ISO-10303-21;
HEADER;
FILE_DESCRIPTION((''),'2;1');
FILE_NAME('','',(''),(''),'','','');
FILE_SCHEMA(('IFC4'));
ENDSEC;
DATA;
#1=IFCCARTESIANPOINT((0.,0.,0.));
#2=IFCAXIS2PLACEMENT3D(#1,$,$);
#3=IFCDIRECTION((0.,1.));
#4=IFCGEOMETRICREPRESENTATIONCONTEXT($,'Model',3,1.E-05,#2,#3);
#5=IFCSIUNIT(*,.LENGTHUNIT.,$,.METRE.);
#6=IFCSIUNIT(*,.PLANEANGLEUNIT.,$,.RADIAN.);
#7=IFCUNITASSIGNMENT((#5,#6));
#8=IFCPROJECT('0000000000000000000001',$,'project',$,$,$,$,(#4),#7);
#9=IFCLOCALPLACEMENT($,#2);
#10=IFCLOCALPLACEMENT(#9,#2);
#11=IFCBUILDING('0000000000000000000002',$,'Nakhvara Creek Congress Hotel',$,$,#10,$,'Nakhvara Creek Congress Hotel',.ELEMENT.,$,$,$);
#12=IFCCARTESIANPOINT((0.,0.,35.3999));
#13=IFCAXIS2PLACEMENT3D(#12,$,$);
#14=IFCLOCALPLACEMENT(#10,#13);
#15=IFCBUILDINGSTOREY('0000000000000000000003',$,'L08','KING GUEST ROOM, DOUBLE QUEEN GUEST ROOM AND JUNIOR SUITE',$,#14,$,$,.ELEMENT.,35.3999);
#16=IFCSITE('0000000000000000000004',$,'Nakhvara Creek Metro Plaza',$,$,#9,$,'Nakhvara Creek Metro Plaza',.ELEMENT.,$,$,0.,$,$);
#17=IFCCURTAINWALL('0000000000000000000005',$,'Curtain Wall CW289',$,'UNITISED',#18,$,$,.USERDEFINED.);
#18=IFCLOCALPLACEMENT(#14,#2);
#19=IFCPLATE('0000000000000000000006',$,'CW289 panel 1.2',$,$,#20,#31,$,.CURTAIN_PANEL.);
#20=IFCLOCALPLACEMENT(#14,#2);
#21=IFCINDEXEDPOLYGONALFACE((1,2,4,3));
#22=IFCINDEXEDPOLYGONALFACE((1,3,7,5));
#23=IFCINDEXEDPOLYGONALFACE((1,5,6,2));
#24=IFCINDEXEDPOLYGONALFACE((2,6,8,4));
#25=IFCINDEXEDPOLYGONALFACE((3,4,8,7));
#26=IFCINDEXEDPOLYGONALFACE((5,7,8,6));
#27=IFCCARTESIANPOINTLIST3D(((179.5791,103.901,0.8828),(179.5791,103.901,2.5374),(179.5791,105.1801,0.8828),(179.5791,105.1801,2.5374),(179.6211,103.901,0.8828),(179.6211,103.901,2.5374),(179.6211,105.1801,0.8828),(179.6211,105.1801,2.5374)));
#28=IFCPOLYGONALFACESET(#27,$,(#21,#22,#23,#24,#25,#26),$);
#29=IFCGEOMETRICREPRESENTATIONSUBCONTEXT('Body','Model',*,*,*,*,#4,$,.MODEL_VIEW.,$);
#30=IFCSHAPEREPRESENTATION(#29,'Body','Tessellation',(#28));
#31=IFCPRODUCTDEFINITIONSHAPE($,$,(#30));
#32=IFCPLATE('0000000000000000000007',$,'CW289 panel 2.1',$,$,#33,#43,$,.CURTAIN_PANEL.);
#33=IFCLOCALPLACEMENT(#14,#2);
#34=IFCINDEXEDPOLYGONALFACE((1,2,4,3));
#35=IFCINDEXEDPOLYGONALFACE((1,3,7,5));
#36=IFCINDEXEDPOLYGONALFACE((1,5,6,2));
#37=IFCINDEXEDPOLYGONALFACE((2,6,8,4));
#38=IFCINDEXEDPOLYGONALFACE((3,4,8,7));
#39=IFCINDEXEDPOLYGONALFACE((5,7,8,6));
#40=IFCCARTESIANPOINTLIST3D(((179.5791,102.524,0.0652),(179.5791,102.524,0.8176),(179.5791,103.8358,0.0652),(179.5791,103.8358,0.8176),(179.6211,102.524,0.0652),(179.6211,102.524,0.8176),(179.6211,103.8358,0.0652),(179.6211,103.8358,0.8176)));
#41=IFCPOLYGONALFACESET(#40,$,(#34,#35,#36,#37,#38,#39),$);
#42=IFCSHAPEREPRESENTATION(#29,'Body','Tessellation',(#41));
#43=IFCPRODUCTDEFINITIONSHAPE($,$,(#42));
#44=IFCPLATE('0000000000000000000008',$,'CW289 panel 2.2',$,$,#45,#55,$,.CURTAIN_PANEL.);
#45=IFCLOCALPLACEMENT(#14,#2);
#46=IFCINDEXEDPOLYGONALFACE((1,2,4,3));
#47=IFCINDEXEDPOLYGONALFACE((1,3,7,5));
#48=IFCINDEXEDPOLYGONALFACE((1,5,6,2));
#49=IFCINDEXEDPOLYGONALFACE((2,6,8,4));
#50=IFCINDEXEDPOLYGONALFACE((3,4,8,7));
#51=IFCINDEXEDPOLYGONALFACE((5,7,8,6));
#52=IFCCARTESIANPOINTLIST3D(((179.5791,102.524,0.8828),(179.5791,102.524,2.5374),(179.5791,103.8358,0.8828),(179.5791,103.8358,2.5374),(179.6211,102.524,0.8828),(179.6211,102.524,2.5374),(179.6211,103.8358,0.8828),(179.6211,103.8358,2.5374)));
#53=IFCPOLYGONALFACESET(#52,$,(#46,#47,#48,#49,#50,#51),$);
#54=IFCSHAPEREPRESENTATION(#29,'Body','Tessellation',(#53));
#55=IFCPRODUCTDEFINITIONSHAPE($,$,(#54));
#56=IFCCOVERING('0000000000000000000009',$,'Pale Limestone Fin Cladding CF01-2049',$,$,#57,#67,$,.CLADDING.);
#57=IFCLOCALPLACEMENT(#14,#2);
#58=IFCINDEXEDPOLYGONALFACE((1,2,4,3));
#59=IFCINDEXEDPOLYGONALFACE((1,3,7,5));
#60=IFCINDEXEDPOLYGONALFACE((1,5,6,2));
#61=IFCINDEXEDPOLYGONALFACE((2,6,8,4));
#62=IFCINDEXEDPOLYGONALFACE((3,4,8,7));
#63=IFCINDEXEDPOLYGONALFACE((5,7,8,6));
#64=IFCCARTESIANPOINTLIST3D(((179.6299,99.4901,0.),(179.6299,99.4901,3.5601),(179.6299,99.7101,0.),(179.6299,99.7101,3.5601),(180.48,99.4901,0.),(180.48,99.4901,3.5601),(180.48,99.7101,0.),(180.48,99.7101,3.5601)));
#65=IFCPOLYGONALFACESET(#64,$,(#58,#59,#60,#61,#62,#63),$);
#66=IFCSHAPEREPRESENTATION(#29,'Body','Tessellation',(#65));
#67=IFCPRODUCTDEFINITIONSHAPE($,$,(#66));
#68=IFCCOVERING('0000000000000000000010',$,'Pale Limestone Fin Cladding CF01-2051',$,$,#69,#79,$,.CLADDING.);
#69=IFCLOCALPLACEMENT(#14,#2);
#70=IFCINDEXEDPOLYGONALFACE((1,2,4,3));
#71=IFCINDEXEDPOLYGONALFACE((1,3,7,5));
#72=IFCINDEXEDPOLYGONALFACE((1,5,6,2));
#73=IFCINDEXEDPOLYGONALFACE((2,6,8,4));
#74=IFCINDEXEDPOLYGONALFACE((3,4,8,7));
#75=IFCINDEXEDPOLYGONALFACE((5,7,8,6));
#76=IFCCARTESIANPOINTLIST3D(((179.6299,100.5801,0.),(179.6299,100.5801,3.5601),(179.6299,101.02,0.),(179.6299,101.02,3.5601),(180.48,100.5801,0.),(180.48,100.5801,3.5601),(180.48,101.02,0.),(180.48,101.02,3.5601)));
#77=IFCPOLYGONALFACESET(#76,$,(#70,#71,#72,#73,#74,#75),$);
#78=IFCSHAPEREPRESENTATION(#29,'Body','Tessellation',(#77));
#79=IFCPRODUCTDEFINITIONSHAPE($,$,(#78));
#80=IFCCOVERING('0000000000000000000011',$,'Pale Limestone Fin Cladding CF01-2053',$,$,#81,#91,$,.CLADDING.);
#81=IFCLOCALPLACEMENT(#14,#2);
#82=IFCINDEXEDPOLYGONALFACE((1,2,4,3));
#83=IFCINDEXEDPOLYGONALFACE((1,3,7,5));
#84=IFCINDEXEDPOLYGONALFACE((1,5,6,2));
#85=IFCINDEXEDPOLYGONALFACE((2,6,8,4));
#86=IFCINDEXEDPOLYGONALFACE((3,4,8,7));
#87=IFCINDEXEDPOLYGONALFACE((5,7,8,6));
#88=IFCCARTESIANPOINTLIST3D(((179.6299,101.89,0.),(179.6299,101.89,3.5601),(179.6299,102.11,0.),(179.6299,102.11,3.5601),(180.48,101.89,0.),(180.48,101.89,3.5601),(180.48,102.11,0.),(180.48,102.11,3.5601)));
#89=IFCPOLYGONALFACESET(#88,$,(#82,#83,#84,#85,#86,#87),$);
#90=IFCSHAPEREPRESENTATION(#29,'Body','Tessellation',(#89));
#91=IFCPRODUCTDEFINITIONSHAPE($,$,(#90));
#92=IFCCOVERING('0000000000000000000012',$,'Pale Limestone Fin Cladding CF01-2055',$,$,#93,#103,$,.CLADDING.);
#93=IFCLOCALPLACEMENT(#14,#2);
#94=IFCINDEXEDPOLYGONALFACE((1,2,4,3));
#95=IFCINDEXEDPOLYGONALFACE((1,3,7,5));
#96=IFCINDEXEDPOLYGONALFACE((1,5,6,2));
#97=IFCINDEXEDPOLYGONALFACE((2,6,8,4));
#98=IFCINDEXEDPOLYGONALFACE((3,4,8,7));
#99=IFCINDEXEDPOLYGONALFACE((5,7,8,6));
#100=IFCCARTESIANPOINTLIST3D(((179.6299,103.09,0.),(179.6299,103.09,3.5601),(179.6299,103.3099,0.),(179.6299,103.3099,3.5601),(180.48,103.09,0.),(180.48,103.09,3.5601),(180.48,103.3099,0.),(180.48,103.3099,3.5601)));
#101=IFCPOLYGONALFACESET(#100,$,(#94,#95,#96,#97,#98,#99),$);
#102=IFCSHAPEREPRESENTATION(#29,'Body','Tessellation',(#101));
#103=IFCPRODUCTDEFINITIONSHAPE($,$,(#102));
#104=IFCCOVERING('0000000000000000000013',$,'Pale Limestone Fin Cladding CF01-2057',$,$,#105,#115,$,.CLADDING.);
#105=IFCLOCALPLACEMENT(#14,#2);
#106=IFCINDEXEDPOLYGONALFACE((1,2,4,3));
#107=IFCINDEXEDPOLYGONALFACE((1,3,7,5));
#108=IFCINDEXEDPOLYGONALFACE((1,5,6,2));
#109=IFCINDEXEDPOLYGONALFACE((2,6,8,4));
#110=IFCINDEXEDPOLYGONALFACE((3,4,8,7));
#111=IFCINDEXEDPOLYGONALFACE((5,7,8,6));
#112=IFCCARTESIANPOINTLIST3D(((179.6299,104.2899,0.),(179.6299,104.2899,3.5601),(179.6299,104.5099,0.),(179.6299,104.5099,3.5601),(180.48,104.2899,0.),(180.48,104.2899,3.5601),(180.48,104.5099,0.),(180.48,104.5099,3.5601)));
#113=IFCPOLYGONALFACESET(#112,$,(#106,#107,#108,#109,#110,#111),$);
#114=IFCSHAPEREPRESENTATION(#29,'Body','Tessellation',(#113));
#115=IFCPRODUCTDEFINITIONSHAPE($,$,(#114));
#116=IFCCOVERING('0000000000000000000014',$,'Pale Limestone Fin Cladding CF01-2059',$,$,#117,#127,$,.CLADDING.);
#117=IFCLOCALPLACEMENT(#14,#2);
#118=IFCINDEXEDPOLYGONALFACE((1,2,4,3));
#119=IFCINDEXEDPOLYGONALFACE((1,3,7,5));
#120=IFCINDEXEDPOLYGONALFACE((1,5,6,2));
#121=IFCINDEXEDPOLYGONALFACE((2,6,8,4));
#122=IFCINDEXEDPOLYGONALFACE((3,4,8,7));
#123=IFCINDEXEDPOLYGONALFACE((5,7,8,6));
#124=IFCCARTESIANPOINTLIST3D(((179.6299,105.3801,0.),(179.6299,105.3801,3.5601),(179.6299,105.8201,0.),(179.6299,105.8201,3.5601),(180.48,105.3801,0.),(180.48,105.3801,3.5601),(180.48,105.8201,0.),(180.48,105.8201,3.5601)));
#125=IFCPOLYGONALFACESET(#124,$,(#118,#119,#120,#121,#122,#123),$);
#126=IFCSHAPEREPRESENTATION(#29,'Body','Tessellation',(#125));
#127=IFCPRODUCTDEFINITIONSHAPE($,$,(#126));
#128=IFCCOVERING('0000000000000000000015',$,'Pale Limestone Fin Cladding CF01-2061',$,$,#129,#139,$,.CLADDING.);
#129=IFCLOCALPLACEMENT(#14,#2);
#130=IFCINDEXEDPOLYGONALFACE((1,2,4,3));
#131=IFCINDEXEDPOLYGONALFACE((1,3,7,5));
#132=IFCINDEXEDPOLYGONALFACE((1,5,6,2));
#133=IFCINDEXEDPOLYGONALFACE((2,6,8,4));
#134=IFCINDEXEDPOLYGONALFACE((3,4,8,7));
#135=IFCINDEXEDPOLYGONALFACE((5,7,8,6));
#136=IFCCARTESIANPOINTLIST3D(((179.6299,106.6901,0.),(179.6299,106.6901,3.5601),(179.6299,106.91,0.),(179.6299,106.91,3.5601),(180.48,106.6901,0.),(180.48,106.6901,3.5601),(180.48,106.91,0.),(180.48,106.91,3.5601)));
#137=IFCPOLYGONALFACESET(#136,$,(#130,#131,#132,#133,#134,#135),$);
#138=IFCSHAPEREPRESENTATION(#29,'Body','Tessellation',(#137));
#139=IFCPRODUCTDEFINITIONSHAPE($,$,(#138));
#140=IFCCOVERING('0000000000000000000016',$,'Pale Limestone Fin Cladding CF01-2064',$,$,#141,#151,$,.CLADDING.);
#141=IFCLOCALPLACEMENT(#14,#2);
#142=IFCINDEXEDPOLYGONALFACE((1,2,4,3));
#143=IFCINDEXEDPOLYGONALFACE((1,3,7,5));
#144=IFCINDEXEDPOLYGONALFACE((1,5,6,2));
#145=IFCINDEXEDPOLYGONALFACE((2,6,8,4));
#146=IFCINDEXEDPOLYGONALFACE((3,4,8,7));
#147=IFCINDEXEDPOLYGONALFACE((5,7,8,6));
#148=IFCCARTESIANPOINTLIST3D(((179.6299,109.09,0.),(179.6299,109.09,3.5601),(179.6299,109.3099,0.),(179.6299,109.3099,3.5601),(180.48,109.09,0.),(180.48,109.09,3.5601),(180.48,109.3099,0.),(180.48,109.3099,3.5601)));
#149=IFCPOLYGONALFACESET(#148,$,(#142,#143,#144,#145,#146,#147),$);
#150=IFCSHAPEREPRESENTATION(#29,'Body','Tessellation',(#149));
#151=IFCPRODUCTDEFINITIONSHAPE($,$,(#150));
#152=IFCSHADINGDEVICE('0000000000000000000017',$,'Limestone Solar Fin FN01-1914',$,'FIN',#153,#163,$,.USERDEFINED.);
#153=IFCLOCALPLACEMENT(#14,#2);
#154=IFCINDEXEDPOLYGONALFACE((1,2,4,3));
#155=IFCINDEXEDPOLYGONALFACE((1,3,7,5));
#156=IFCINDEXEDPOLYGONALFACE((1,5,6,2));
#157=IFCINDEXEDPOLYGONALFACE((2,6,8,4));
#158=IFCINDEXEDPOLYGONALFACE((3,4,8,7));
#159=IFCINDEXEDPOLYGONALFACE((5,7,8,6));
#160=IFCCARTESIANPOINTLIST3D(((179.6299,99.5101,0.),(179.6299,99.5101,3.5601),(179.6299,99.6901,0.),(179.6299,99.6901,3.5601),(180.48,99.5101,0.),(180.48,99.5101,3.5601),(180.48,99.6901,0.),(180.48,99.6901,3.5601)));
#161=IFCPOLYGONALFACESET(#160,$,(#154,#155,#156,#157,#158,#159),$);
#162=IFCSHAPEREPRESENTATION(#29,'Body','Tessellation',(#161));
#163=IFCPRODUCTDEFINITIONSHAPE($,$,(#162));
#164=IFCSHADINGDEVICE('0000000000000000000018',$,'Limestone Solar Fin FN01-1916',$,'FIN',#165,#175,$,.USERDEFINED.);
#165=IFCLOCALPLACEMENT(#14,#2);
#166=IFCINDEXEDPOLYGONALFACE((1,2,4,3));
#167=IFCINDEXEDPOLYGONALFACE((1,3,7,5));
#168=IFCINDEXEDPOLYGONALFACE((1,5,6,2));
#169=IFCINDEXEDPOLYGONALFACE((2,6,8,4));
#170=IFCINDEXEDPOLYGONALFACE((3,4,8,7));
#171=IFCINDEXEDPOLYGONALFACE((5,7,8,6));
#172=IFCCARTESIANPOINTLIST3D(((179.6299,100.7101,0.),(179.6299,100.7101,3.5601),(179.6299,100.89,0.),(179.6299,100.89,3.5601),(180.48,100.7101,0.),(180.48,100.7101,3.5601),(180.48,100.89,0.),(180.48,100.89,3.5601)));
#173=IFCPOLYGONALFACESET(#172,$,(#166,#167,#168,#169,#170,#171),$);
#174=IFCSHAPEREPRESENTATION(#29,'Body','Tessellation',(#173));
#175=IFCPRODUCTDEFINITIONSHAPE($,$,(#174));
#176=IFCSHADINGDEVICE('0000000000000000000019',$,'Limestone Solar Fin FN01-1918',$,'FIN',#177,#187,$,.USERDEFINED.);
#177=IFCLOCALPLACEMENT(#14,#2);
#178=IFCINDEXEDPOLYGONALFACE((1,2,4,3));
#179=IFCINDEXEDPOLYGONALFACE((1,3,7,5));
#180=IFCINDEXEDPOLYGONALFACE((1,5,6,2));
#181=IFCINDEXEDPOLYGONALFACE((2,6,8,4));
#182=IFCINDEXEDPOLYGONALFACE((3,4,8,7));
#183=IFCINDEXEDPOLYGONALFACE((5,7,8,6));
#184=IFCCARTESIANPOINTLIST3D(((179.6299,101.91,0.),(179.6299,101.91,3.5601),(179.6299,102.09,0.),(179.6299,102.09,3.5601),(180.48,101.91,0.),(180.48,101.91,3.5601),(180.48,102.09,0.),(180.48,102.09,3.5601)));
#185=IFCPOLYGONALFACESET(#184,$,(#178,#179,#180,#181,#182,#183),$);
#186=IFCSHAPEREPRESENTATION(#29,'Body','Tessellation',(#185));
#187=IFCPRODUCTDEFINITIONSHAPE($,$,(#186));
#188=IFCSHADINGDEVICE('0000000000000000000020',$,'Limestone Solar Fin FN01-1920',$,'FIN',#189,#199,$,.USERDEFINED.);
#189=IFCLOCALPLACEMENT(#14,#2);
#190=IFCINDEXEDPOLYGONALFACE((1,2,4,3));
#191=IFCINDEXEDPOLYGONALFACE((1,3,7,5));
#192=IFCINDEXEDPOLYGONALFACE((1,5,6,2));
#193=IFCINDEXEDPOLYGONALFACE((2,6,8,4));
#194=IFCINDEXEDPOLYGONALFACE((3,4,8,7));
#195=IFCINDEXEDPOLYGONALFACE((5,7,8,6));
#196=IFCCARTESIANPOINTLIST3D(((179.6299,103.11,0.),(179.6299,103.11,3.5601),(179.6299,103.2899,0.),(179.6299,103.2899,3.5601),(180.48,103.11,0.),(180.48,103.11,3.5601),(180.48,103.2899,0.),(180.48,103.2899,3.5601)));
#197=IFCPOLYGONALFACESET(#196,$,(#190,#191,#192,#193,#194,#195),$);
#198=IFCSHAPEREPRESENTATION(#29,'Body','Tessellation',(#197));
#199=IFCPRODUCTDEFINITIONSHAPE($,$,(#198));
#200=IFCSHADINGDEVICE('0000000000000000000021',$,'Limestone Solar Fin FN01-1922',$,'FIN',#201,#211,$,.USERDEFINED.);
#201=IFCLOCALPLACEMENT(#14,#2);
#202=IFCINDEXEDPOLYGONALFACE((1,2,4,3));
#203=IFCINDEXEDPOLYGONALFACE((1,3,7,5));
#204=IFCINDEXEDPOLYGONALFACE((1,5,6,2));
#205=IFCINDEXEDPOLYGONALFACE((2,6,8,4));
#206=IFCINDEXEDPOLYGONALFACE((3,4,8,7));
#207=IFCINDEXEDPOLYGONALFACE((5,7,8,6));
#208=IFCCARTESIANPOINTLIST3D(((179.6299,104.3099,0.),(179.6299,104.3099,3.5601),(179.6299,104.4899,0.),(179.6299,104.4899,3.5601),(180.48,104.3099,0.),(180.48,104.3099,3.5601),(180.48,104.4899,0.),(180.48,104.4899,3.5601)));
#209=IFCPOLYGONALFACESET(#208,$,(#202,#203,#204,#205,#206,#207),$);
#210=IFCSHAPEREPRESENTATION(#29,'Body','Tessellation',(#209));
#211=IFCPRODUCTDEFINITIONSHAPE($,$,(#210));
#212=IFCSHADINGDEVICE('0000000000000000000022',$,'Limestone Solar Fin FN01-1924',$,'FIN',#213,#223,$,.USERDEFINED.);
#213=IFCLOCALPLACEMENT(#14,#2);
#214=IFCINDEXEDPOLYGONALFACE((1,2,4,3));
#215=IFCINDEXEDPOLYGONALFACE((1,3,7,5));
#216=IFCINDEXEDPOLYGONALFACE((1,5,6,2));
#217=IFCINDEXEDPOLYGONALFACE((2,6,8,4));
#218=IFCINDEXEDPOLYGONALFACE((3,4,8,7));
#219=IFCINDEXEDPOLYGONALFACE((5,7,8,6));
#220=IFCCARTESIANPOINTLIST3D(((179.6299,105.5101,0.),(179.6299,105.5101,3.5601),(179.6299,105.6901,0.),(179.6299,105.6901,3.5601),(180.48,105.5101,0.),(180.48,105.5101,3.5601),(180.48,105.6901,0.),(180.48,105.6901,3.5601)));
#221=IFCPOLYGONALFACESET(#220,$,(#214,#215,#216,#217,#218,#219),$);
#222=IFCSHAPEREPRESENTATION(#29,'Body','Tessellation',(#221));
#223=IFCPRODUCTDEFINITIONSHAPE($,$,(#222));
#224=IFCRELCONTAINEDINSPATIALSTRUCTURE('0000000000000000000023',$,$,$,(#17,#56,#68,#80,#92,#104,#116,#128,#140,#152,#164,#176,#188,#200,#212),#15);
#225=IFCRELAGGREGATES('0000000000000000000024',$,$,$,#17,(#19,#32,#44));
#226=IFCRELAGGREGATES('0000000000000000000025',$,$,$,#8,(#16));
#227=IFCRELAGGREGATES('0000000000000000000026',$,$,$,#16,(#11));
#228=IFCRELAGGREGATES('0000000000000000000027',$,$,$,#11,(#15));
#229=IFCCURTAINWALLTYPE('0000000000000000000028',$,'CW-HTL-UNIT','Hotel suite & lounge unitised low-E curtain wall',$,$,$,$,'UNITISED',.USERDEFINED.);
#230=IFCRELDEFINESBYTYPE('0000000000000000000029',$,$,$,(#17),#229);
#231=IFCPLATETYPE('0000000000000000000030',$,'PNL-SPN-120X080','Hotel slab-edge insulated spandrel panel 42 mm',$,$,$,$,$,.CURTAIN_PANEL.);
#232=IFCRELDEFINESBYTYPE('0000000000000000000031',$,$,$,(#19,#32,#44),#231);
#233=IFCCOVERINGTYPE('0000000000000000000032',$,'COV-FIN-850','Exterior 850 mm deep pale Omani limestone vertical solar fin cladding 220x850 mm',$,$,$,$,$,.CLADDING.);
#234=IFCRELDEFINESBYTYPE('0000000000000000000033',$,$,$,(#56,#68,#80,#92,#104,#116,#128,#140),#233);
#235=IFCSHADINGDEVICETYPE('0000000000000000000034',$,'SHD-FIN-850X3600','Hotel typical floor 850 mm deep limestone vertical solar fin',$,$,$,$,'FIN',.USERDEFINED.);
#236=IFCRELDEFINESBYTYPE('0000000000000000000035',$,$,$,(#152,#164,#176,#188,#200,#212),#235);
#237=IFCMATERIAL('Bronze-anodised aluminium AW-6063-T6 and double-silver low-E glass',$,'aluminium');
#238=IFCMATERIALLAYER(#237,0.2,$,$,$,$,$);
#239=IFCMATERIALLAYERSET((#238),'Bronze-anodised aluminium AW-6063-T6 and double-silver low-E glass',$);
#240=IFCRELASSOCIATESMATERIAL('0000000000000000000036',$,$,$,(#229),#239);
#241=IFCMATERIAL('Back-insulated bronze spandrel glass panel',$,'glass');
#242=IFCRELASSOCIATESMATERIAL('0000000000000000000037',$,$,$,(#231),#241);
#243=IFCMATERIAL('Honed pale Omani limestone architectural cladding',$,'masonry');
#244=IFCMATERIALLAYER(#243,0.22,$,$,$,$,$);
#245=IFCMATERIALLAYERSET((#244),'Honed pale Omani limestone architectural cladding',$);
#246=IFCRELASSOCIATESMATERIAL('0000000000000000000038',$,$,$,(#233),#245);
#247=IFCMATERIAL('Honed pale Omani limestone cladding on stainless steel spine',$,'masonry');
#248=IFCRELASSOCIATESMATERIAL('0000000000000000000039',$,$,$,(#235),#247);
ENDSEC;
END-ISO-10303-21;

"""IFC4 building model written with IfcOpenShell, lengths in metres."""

from ifc_helpers import new_model, si_unit, direction, frame, origin, origin_2d, place, context, subcontext, project, spatial, rectangle, extrude, material, layer, layer_set, type_object, element, aggregate, save


model = new_model("IFC4")

# Units and contexts
model_context = context("Model", 3, precision=1e-05, world=origin(), true_north=direction((0.0, 1.0)))
body_context = subcontext(model_context, "Body", "Model", "MODEL_VIEW")
ifc_project = project(units=[si_unit("LENGTHUNIT", "METRE"), si_unit("PLANEANGLEUNIT", "RADIAN")], contexts=[model_context])

# Site, building, storey
site_placement = place(None, origin())
site = spatial("IfcSite", under=ifc_project, at=site_placement, Name="Nakhvara Creek Metro Plaza", LongName="Nakhvara Creek Metro Plaza", CompositionType="ELEMENT", RefElevation=0.0)
building_placement = place(site_placement, origin())
building = spatial("IfcBuilding", under=site, at=building_placement, Name="Nakhvara Creek Congress Hotel", LongName="Nakhvara Creek Congress Hotel", CompositionType="ELEMENT")
storey_placement = place(building_placement, frame((0.0, 0.0, 35.3999)))
storey = spatial("IfcBuildingStorey", under=building, at=storey_placement, Name="L08", Description="KING GUEST ROOM, DOUBLE QUEEN GUEST ROOM AND JUNIOR SUITE", CompositionType="ELEMENT", Elevation=35.3999)

# Curtain wall, plates
ifc_material_1 = material(Name="Bronze-anodised aluminium AW-6063-T6 and double-silver low-E glass", Category="aluminium")
ifc_layer_1 = layer(ifc_material_1, 0.2)
ifc_layer_set_1 = layer_set([ifc_layer_1], Name="Bronze-anodised aluminium AW-6063-T6 and double-silver low-E glass")
curtain_wall_type = type_object("IfcCurtainWallType", Name="CW-HTL-UNIT", Description="Hotel suite & lounge unitised low-E curtain wall", ElementType="UNITISED", PredefinedType="USERDEFINED", material=ifc_layer_set_1)
curtain_wall_placement = place(storey_placement, origin())
curtain_wall = element("IfcCurtainWall", 1, at=curtain_wall_placement, inside=storey, type_object=curtain_wall_type, Name="Curtain Wall CW289", ObjectType="UNITISED", PredefinedType="USERDEFINED")
ifc_material_2 = material(Name="Back-insulated bronze spandrel glass panel", Category="glass")
plate_type = type_object("IfcPlateType", Name="PNL-SPN-120X080", Description="Hotel slab-edge insulated spandrel panel 42 mm", PredefinedType="CURTAIN_PANEL", material=ifc_material_2)
plate_1_placement = place(storey_placement, frame((179.6001, 104.5405, 0.8828), z_axis=(0.0, 0.0, 1.0), x_axis=(0.0, -1.0, 0.0)))
plate_1 = element("IfcPlate", 2, at=plate_1_placement, type_object=plate_type, Name="CW289 panel 1.2", PredefinedType="CURTAIN_PANEL", context=body_context, shape_type="SweptSolid", body=[
    extrude(rectangle(XDim=1.2791, YDim=0.042, at=origin_2d()), origin(), (0.0, 0.0, 1.0), 1.6545),
])
plate_2_placement = place(storey_placement, frame((179.6001, 103.1799, 0.0652), z_axis=(0.0, 0.0, 1.0), x_axis=(0.0, -1.0, 0.0)))
plate_2 = element("IfcPlate", 3, at=plate_2_placement, type_object=plate_type, Name="CW289 panel 2.1", PredefinedType="CURTAIN_PANEL", context=body_context, shape_type="SweptSolid", body=[
    extrude(rectangle(XDim=1.3118, YDim=0.042, at=origin_2d()), origin(), (0.0, 0.0, 1.0), 0.7524),
])
plate_3_placement = place(storey_placement, frame((179.6001, 103.1799, 0.8828), z_axis=(0.0, 0.0, 1.0), x_axis=(0.0, -1.0, 0.0)))
plate_3 = element("IfcPlate", 4, at=plate_3_placement, type_object=plate_type, Name="CW289 panel 2.2", PredefinedType="CURTAIN_PANEL", context=body_context, shape_type="SweptSolid", body=[
    extrude(rectangle(XDim=1.3118, YDim=0.042, at=origin_2d()), origin(), (0.0, 0.0, 1.0), 1.6545),
])
aggregate(curtain_wall, [plate_1, plate_2, plate_3])

# Coverings
ifc_material_3 = material(Name="Honed pale Omani limestone architectural cladding", Category="masonry")
ifc_layer_2 = layer(ifc_material_3, 0.22)
ifc_layer_set_2 = layer_set([ifc_layer_2], Name="Honed pale Omani limestone architectural cladding")
covering_type = type_object("IfcCoveringType", Name="COV-FIN-850", Description="Exterior 850 mm deep pale Omani limestone vertical solar fin cladding 220x850 mm", PredefinedType="CLADDING", material=ifc_layer_set_2)
covering_1_placement = place(storey_placement, frame((180.0549, 99.6001, 0.0), z_axis=(0.0, 0.0, 1.0), x_axis=(0.0, 1.0, 0.0)))
element("IfcCovering", 5, at=covering_1_placement, inside=storey, type_object=covering_type, Name="Pale Limestone Fin Cladding CF01-2049", PredefinedType="CLADDING", context=body_context, shape_type="SweptSolid", body=[
    extrude(rectangle(XDim=0.22, YDim=0.8501, at=origin_2d()), origin(), (0.0, 0.0, 1.0), 3.5601),
])
covering_2_placement = place(storey_placement, frame((180.0549, 100.8, 0.0), z_axis=(0.0, 0.0, 1.0), x_axis=(0.0, 1.0, 0.0)))
element("IfcCovering", 6, at=covering_2_placement, inside=storey, type_object=covering_type, Name="Pale Limestone Fin Cladding CF01-2051", PredefinedType="CLADDING", context=body_context, shape_type="SweptSolid", body=[
    extrude(rectangle(XDim=0.4399, YDim=0.8501, at=origin_2d()), origin(), (0.0, 0.0, 1.0), 3.5601),
])
for number, where, z_axis, x_axis, name in (
    (7, (180.0549, 102.0, 0.0), (0.0, 0.0, 1.0), (0.0, 1.0, 0.0), "Pale Limestone Fin Cladding CF01-2053"),
    (8, (180.0549, 103.2, 0.0), (0.0, 0.0, 1.0), (0.0, 1.0, 0.0), "Pale Limestone Fin Cladding CF01-2055"),
    (9, (180.0549, 104.3999, 0.0), (0.0, 0.0, 1.0), (0.0, 1.0, 0.0), "Pale Limestone Fin Cladding CF01-2057"),
):
    element("IfcCovering", number, at=place(storey_placement, frame(where, z_axis=z_axis, x_axis=x_axis)), inside=storey, type_object=covering_type, Name=name, PredefinedType="CLADDING", context=body_context, shape_type="SweptSolid", body=[
        extrude(rectangle(XDim=0.22, YDim=0.8501, at=origin_2d()), origin(), (0.0, 0.0, 1.0), 3.5601),
    ])
covering_3_placement = place(storey_placement, frame((180.0549, 105.6001, 0.0), z_axis=(0.0, 0.0, 1.0), x_axis=(0.0, 1.0, 0.0)))
element("IfcCovering", 10, at=covering_3_placement, inside=storey, type_object=covering_type, Name="Pale Limestone Fin Cladding CF01-2059", PredefinedType="CLADDING", context=body_context, shape_type="SweptSolid", body=[
    extrude(rectangle(XDim=0.4399, YDim=0.8501, at=origin_2d()), origin(), (0.0, 0.0, 1.0), 3.5601),
])
for number, where, z_axis, x_axis, name in (
    (11, (180.0549, 106.8, 0.0), (0.0, 0.0, 1.0), (0.0, 1.0, 0.0), "Pale Limestone Fin Cladding CF01-2061"),
    (12, (180.0549, 109.2, 0.0), (0.0, 0.0, 1.0), (0.0, 1.0, 0.0), "Pale Limestone Fin Cladding CF01-2064"),
):
    element("IfcCovering", number, at=place(storey_placement, frame(where, z_axis=z_axis, x_axis=x_axis)), inside=storey, type_object=covering_type, Name=name, PredefinedType="CLADDING", context=body_context, shape_type="SweptSolid", body=[
        extrude(rectangle(XDim=0.22, YDim=0.8501, at=origin_2d()), origin(), (0.0, 0.0, 1.0), 3.5601),
    ])

# Shading devices
ifc_material_4 = material(Name="Honed pale Omani limestone cladding on stainless steel spine", Category="masonry")
shading_device_type = type_object("IfcShadingDeviceType", Name="SHD-FIN-850X3600", Description="Hotel typical floor 850 mm deep limestone vertical solar fin", ElementType="FIN", PredefinedType="USERDEFINED", material=ifc_material_4)
for number, where, z_axis, x_axis, name in (
    (13, (180.0549, 99.6001, 0.0), (0.0, 0.0, 1.0), (0.0, 1.0, 0.0), "Limestone Solar Fin FN01-1914"),
    (14, (180.0549, 100.8, 0.0), (0.0, 0.0, 1.0), (0.0, 1.0, 0.0), "Limestone Solar Fin FN01-1916"),
    (15, (180.0549, 102.0, 0.0), (0.0, 0.0, 1.0), (0.0, 1.0, 0.0), "Limestone Solar Fin FN01-1918"),
    (16, (180.0549, 103.2, 0.0), (0.0, 0.0, 1.0), (0.0, 1.0, 0.0), "Limestone Solar Fin FN01-1920"),
    (17, (180.0549, 104.3999, 0.0), (0.0, 0.0, 1.0), (0.0, 1.0, 0.0), "Limestone Solar Fin FN01-1922"),
    (18, (180.0549, 105.6001, 0.0), (0.0, 0.0, 1.0), (0.0, 1.0, 0.0), "Limestone Solar Fin FN01-1924"),
):
    element("IfcShadingDevice", number, at=place(storey_placement, frame(where, z_axis=z_axis, x_axis=x_axis)), inside=storey, type_object=shading_device_type, Name=name, ObjectType="FIN", PredefinedType="USERDEFINED", context=body_context, shape_type="SweptSolid", body=[
        extrude(rectangle(XDim=0.1799, YDim=0.8501, at=origin_2d()), origin(), (0.0, 0.0, 1.0), 3.5601),
    ])

save(model, "model.ifc")
